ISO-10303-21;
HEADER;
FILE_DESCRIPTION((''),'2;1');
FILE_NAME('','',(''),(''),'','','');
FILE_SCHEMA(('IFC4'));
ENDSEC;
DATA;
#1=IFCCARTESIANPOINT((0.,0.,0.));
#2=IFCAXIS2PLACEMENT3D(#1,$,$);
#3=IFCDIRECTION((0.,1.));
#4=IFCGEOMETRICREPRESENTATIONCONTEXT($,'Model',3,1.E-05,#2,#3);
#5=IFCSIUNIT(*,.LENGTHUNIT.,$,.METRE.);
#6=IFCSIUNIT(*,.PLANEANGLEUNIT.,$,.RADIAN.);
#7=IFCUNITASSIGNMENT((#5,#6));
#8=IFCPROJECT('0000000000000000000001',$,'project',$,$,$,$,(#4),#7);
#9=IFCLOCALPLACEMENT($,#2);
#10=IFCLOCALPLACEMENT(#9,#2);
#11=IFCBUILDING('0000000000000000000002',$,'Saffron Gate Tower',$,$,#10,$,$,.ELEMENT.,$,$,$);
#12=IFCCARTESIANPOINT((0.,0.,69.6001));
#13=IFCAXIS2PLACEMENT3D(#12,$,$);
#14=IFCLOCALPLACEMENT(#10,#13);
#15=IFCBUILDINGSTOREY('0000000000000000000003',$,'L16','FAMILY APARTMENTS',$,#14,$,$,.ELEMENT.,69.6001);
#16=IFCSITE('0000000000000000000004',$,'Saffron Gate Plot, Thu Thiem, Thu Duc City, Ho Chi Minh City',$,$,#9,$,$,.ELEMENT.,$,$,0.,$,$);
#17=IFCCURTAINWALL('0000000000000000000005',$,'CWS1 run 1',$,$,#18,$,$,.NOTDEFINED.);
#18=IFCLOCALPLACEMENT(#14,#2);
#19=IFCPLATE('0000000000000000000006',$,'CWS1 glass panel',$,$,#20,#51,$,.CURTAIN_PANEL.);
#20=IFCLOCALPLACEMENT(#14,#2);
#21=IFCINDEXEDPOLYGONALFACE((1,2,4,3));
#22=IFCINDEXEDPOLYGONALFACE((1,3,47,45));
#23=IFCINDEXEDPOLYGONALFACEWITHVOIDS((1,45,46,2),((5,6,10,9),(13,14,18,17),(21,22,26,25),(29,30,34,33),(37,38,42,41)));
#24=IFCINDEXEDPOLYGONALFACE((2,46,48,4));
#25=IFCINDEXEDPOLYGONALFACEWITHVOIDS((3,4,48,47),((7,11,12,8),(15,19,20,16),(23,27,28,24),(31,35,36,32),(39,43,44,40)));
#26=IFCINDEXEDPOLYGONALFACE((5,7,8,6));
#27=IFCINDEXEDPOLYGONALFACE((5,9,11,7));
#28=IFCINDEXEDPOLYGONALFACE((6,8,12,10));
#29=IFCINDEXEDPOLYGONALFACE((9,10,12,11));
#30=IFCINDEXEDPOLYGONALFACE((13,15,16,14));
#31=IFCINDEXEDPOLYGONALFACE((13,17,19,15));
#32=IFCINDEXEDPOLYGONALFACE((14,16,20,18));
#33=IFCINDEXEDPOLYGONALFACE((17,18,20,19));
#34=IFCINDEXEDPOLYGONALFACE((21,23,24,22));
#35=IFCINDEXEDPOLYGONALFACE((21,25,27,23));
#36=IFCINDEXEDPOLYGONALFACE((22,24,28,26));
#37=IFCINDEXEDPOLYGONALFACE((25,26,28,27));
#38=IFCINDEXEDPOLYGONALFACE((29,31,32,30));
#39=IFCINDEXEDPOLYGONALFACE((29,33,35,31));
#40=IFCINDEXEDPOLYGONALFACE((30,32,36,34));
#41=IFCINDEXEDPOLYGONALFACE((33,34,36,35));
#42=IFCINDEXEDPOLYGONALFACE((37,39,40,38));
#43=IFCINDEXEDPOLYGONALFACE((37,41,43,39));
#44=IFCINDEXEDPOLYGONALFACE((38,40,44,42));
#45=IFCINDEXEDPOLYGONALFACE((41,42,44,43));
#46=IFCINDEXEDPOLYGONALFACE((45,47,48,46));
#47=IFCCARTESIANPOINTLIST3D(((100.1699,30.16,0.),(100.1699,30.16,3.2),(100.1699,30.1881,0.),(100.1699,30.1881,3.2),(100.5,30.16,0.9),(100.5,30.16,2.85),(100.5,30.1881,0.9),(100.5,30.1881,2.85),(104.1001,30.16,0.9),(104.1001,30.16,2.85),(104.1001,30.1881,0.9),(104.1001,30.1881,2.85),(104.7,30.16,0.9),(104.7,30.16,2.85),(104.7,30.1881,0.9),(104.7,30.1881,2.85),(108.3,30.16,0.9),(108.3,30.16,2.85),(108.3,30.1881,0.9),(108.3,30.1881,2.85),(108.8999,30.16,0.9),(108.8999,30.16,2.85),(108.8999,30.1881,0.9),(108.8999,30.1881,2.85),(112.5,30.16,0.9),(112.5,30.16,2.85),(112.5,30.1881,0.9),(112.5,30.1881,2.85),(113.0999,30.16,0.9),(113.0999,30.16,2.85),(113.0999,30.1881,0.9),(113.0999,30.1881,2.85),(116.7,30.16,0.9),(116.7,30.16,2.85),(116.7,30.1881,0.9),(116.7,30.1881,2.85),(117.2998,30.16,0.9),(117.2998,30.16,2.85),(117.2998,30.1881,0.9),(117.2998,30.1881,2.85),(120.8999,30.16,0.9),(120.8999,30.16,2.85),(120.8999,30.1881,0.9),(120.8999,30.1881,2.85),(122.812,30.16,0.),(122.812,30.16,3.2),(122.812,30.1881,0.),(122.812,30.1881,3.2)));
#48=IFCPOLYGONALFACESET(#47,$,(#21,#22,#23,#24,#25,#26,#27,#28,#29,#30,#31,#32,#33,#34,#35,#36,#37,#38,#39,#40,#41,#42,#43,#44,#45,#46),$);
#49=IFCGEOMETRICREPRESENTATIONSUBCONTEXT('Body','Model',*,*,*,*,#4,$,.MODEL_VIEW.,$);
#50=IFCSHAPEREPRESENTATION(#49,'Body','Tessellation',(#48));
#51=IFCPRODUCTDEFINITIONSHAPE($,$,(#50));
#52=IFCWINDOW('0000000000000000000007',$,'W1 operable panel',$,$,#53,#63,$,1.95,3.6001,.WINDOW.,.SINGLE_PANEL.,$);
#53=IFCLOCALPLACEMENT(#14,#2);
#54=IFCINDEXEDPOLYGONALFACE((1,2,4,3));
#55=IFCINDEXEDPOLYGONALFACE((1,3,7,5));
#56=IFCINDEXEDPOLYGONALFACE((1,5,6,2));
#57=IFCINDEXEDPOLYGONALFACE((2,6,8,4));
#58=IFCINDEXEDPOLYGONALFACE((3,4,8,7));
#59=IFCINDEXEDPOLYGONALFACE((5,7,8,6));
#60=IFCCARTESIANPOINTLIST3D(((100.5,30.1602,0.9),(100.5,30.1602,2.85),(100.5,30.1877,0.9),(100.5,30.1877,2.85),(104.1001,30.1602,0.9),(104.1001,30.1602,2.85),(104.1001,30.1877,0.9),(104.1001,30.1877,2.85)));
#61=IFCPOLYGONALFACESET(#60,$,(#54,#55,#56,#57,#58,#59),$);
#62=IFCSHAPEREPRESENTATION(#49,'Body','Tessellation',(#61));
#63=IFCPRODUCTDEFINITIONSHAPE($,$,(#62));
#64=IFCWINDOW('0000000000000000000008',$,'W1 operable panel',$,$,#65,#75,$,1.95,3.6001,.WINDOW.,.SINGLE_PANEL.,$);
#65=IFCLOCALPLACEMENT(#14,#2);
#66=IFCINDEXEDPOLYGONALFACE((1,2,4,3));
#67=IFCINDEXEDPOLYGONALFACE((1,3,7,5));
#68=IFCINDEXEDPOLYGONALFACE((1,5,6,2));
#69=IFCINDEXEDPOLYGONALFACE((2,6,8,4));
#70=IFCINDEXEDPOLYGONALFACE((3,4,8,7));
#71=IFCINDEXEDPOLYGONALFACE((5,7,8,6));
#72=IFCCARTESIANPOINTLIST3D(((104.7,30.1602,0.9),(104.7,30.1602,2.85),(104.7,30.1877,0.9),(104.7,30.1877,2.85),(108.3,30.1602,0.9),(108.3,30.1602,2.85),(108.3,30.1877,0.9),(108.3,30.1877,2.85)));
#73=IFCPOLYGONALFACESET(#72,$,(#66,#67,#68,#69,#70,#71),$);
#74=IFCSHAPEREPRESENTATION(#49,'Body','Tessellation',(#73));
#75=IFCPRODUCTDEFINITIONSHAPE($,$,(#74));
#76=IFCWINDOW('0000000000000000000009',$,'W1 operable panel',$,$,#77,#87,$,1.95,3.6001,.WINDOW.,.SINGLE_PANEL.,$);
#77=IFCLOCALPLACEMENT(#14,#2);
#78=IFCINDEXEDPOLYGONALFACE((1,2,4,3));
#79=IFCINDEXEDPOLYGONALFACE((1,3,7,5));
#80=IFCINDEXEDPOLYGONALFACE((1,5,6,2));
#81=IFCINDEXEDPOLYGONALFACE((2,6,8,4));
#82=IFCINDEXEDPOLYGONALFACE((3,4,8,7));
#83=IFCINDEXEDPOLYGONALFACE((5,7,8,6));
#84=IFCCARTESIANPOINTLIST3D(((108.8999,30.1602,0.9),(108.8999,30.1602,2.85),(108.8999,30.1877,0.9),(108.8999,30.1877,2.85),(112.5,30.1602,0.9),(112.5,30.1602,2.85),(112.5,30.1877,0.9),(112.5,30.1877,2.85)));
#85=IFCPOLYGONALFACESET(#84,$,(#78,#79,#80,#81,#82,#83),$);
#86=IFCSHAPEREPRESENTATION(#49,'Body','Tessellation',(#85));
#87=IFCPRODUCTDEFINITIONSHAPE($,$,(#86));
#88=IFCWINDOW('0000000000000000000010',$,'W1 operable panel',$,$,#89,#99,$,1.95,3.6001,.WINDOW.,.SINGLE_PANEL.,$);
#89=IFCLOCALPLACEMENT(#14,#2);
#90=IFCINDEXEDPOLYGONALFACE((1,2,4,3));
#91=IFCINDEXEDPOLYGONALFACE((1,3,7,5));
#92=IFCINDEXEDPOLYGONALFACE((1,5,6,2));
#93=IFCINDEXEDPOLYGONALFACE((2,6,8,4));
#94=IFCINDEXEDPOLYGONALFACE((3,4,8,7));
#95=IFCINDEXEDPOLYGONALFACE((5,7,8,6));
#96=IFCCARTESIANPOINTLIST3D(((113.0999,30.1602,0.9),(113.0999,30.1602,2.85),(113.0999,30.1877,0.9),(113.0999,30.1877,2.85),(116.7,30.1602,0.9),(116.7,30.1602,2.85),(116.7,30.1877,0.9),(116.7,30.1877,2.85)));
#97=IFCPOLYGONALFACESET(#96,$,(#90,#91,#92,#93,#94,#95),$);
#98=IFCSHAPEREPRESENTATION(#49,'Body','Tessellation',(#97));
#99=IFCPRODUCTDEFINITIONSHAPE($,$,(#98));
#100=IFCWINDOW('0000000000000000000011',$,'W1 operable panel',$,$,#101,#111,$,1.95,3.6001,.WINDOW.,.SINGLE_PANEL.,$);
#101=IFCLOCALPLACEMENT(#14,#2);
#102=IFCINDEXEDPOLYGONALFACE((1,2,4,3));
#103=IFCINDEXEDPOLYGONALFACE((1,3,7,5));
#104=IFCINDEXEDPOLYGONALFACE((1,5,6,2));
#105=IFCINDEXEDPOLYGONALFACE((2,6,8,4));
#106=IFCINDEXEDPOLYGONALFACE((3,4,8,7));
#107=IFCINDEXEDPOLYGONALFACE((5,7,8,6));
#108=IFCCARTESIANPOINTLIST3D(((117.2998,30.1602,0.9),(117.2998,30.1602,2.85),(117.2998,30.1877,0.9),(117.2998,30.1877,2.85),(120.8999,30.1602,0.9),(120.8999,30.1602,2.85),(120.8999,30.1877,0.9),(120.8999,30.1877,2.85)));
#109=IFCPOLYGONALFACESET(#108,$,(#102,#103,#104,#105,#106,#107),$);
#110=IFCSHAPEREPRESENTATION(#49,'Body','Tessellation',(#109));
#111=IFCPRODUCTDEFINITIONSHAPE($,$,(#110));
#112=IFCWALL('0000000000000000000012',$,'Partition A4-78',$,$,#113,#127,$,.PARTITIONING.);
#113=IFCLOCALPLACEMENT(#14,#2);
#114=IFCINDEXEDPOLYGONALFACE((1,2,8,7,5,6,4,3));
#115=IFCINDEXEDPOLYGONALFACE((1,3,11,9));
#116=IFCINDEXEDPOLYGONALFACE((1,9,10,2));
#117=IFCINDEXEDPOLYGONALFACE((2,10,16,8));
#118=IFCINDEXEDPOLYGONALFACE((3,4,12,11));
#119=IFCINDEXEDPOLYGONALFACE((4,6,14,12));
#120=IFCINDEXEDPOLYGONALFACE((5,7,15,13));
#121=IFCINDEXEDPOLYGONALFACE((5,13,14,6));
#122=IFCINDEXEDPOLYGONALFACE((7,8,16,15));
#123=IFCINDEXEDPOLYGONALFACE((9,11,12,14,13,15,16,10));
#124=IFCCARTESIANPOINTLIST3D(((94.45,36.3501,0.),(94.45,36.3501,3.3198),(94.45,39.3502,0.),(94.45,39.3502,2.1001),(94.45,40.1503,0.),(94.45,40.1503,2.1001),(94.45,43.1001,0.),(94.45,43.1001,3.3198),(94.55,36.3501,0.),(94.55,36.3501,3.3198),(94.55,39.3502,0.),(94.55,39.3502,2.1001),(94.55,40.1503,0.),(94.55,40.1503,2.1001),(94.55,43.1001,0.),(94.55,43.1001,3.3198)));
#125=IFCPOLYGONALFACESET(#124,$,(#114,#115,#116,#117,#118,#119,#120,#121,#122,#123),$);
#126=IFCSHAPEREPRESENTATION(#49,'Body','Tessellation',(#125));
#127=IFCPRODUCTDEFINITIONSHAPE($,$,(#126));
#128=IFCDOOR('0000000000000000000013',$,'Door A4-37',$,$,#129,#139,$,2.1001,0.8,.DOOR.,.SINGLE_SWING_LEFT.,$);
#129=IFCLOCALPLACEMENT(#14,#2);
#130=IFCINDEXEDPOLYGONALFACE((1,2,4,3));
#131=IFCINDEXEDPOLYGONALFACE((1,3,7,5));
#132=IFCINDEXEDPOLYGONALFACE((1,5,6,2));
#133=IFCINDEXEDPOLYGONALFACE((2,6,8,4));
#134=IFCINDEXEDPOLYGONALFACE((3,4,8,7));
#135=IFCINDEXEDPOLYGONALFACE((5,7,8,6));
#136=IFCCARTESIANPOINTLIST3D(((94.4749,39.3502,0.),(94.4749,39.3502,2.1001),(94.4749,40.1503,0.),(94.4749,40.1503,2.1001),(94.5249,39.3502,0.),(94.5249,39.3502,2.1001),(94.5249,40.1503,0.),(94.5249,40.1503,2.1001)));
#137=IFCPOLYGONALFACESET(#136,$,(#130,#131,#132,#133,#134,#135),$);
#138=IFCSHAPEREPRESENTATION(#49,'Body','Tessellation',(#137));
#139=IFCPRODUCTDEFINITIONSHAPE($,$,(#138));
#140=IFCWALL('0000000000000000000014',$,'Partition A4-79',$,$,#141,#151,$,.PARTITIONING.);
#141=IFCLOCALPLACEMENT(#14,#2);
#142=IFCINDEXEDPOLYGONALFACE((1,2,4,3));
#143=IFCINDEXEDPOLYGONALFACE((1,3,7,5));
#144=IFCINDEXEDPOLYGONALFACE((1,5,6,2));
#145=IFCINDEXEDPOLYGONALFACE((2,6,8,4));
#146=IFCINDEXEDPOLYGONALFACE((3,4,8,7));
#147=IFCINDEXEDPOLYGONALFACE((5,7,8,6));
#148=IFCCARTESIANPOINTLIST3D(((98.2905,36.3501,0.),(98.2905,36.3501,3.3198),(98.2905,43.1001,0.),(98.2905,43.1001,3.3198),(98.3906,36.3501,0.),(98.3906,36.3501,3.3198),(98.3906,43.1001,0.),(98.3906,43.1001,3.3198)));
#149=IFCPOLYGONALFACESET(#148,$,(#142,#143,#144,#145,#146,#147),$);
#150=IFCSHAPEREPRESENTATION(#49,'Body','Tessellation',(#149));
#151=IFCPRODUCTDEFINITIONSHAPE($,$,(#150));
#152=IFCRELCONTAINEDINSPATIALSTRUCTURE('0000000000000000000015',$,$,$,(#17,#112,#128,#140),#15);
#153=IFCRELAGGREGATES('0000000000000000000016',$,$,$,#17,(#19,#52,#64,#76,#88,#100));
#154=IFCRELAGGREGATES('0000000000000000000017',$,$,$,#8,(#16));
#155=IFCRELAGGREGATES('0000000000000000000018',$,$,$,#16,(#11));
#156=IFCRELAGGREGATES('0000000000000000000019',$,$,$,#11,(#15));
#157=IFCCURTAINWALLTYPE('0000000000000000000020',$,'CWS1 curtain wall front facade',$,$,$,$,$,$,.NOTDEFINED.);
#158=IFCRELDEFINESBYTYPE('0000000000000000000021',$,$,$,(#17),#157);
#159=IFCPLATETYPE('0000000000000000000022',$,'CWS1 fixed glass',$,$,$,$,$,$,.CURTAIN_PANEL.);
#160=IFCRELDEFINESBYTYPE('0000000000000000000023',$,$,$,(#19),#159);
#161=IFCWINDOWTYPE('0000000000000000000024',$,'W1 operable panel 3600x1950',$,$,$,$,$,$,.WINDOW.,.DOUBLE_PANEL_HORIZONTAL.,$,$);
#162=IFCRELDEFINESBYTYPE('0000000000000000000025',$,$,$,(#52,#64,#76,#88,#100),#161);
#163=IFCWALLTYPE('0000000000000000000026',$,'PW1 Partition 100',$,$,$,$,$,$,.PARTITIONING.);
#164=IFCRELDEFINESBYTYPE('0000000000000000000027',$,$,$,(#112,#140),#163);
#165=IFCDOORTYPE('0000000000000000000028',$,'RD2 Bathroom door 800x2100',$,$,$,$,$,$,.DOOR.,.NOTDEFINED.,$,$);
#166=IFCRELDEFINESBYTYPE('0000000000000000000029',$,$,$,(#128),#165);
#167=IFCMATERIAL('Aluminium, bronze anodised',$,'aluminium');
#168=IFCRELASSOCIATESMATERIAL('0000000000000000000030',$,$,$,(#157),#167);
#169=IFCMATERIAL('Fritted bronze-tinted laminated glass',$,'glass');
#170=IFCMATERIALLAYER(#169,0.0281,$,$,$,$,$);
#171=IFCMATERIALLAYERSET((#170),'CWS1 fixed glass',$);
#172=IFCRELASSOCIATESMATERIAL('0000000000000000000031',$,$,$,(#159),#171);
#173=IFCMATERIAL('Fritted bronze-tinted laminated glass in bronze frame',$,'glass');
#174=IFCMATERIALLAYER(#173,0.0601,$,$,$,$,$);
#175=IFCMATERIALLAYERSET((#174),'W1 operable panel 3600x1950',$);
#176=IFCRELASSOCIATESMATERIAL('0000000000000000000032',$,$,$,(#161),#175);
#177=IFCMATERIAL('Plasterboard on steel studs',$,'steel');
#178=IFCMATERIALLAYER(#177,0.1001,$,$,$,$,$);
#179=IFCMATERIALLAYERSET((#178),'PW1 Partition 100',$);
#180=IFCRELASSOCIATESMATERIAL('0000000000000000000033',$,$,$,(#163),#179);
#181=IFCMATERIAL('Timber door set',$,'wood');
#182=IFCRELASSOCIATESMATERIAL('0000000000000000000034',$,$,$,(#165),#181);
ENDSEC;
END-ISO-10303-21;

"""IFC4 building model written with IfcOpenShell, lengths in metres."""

from ifc_helpers import new_model, si_unit, direction, frame, frame_2d, origin, place, context, subcontext, project, spatial, rectangle, extrude, material, layer, layer_set, type_object, element, fill, aggregate, save


model = new_model("IFC4")

# Units and contexts
model_context = context("Model", 3, precision=1e-05, world=origin(), true_north=direction((0.0, 1.0)))
body_context = subcontext(model_context, "Body", "Model", "MODEL_VIEW")
ifc_project = project(units=[si_unit("LENGTHUNIT", "METRE"), si_unit("PLANEANGLEUNIT", "RADIAN")], contexts=[model_context])

# Site, building, storey
site_placement = place(None, origin())
site = spatial("IfcSite", under=ifc_project, at=site_placement, Name="Saffron Gate Plot, Thu Thiem, Thu Duc City, Ho Chi Minh City", CompositionType="ELEMENT", RefElevation=0.0)
building_placement = place(site_placement, origin())
building = spatial("IfcBuilding", under=site, at=building_placement, Name="Saffron Gate Tower", CompositionType="ELEMENT")
storey_placement = place(building_placement, frame((0.0, 0.0, 69.6001)))
storey = spatial("IfcBuildingStorey", under=building, at=storey_placement, Name="L16", Description="FAMILY APARTMENTS", CompositionType="ELEMENT", Elevation=69.6001)

# Curtain wall, plate, openings, windows
ifc_material_1 = material(Name="Aluminium, bronze anodised", Category="aluminium")
curtain_wall_type = type_object("IfcCurtainWallType", Name="CWS1 curtain wall front facade", PredefinedType="NOTDEFINED", material=ifc_material_1)
curtain_wall_placement = place(storey_placement, origin())
curtain_wall = element("IfcCurtainWall", 1, at=curtain_wall_placement, inside=storey, type_object=curtain_wall_type, Name="CWS1 run 1", PredefinedType="NOTDEFINED")
ifc_material_2 = material(Name="Fritted bronze-tinted laminated glass", Category="glass")
ifc_layer_1 = layer(ifc_material_2, 0.0281)
ifc_layer_set_1 = layer_set([ifc_layer_1], Name="CWS1 fixed glass")
plate_type = type_object("IfcPlateType", Name="CWS1 fixed glass", PredefinedType="CURTAIN_PANEL", material=ifc_layer_set_1)
plate_placement = place(storey_placement, frame((100.1699, 30.1741, 0.0), z_axis=(0.0, 0.0, 1.0), x_axis=(1.0, 0.0, 0.0)))
plate = element("IfcPlate", 2, at=plate_placement, type_object=plate_type, Name="CWS1 glass panel", PredefinedType="CURTAIN_PANEL", context=body_context, shape_type="SweptSolid", body=[
    extrude(rectangle(XDim=22.6421, YDim=0.0281, at=frame_2d((11.321, 0.0))), origin(), (0.0, 0.0, 1.0), 3.2),
])
opening_1_placement = place(plate_placement, frame((0.3301, 0.0, 0.8999)))
opening_1 = element("IfcOpeningElement", 3, at=opening_1_placement, cuts=plate, PredefinedType="OPENING", context=body_context, shape_type="SweptSolid", body=[
    extrude(rectangle(XDim=3.6001, YDim=1.95, at=frame_2d((1.8, 0.9751))), frame((0.0, 0.0239, 0.0), z_axis=(0.0, -1.0, 0.0), x_axis=(1.0, 0.0, 0.0)), (0.0, 0.0, 1.0), 0.0481),
])
opening_2_placement = place(plate_placement, frame((4.53, 0.0, 0.8999)))
opening_2 = element("IfcOpeningElement", 4, at=opening_2_placement, cuts=plate, PredefinedType="OPENING", context=body_context, shape_type="SweptSolid", body=[
    extrude(rectangle(XDim=3.6001, YDim=1.95, at=frame_2d((1.8, 0.9751))), frame((0.0, 0.0239, 0.0), z_axis=(0.0, -1.0, 0.0), x_axis=(1.0, 0.0, 0.0)), (0.0, 0.0, 1.0), 0.0481),
])
opening_3_placement = place(plate_placement, frame((8.73, 0.0, 0.8999)))
opening_3 = element("IfcOpeningElement", 5, at=opening_3_placement, cuts=plate, PredefinedType="OPENING", context=body_context, shape_type="SweptSolid", body=[
    extrude(rectangle(XDim=3.6001, YDim=1.95, at=frame_2d((1.8, 0.9751))), frame((0.0, 0.0239, 0.0), z_axis=(0.0, -1.0, 0.0), x_axis=(1.0, 0.0, 0.0)), (0.0, 0.0, 1.0), 0.0481),
])
opening_4_placement = place(plate_placement, frame((12.9299, 0.0, 0.8999)))
opening_4 = element("IfcOpeningElement", 6, at=opening_4_placement, cuts=plate, PredefinedType="OPENING", context=body_context, shape_type="SweptSolid", body=[
    extrude(rectangle(XDim=3.6001, YDim=1.95, at=frame_2d((1.8, 0.9751))), frame((0.0, 0.0239, 0.0), z_axis=(0.0, -1.0, 0.0), x_axis=(1.0, 0.0, 0.0)), (0.0, 0.0, 1.0), 0.0481),
])
opening_5_placement = place(plate_placement, frame((17.1299, 0.0, 0.8999)))
opening_5 = element("IfcOpeningElement", 7, at=opening_5_placement, cuts=plate, PredefinedType="OPENING", context=body_context, shape_type="SweptSolid", body=[
    extrude(rectangle(XDim=3.6001, YDim=1.95, at=frame_2d((1.8, 0.9751))), frame((0.0, 0.0239, 0.0), z_axis=(0.0, -1.0, 0.0), x_axis=(1.0, 0.0, 0.0)), (0.0, 0.0, 1.0), 0.0481),
])
ifc_material_3 = material(Name="Fritted bronze-tinted laminated glass in bronze frame", Category="glass")
ifc_layer_2 = layer(ifc_material_3, 0.0601)
ifc_layer_set_2 = layer_set([ifc_layer_2], Name="W1 operable panel 3600x1950")
window_type = type_object("IfcWindowType", Name="W1 operable panel 3600x1950", PartitioningType="DOUBLE_PANEL_HORIZONTAL", PredefinedType="WINDOW", material=ifc_layer_set_2)
window_1_placement = place(opening_1_placement, origin())
window_1 = element("IfcWindow", 8, at=window_1_placement, type_object=window_type, Name="W1 operable panel", OverallHeight=1.95, OverallWidth=3.6001, PartitioningType="SINGLE_PANEL", PredefinedType="WINDOW", context=body_context, shape_type="SweptSolid", body=[
    extrude(rectangle(XDim=3.6001, YDim=1.95, at=frame_2d((1.8, 0.9751))), frame((0.0, 0.0137, 0.0), z_axis=(0.0, -1.0, 0.0), x_axis=(1.0, 0.0, 0.0)), (0.0, 0.0, 1.0), 0.0276),
])
fill(opening_1, window_1)
window_2_placement = place(opening_2_placement, origin())
window_2 = element("IfcWindow", 9, at=window_2_placement, type_object=window_type, Name="W1 operable panel", OverallHeight=1.95, OverallWidth=3.6001, PartitioningType="SINGLE_PANEL", PredefinedType="WINDOW", context=body_context, shape_type="SweptSolid", body=[
    extrude(rectangle(XDim=3.6001, YDim=1.95, at=frame_2d((1.8, 0.9751))), frame((0.0, 0.0137, 0.0), z_axis=(0.0, -1.0, 0.0), x_axis=(1.0, 0.0, 0.0)), (0.0, 0.0, 1.0), 0.0276),
])
fill(opening_2, window_2)
window_3_placement = place(opening_3_placement, origin())
window_3 = element("IfcWindow", 10, at=window_3_placement, type_object=window_type, Name="W1 operable panel", OverallHeight=1.95, OverallWidth=3.6001, PartitioningType="SINGLE_PANEL", PredefinedType="WINDOW", context=body_context, shape_type="SweptSolid", body=[
    extrude(rectangle(XDim=3.6001, YDim=1.95, at=frame_2d((1.8, 0.9751))), frame((0.0, 0.0137, 0.0), z_axis=(0.0, -1.0, 0.0), x_axis=(1.0, 0.0, 0.0)), (0.0, 0.0, 1.0), 0.0276),
])
fill(opening_3, window_3)
window_4_placement = place(opening_4_placement, origin())
window_4 = element("IfcWindow", 11, at=window_4_placement, type_object=window_type, Name="W1 operable panel", OverallHeight=1.95, OverallWidth=3.6001, PartitioningType="SINGLE_PANEL", PredefinedType="WINDOW", context=body_context, shape_type="SweptSolid", body=[
    extrude(rectangle(XDim=3.6001, YDim=1.95, at=frame_2d((1.8, 0.9751))), frame((0.0, 0.0137, 0.0), z_axis=(0.0, -1.0, 0.0), x_axis=(1.0, 0.0, 0.0)), (0.0, 0.0, 1.0), 0.0276),
])
fill(opening_4, window_4)
window_5_placement = place(opening_5_placement, origin())
window_5 = element("IfcWindow", 12, at=window_5_placement, type_object=window_type, Name="W1 operable panel", OverallHeight=1.95, OverallWidth=3.6001, PartitioningType="SINGLE_PANEL", PredefinedType="WINDOW", context=body_context, shape_type="SweptSolid", body=[
    extrude(rectangle(XDim=3.6001, YDim=1.95, at=frame_2d((1.8, 0.9751))), frame((0.0, 0.0137, 0.0), z_axis=(0.0, -1.0, 0.0), x_axis=(1.0, 0.0, 0.0)), (0.0, 0.0, 1.0), 0.0276),
])
fill(opening_5, window_5)
aggregate(curtain_wall, [plate, window_1, window_2, window_3, window_4, window_5])

# Wall, opening, door
ifc_material_4 = material(Name="Plasterboard on steel studs", Category="steel")
ifc_layer_3 = layer(ifc_material_4, 0.1001)
ifc_layer_set_3 = layer_set([ifc_layer_3], Name="PW1 Partition 100")
wall_type_1 = type_object("IfcWallType", Name="PW1 Partition 100", PredefinedType="PARTITIONING", material=ifc_layer_set_3)
wall_1_placement = place(storey_placement, frame((94.5, 43.1001, 0.0), z_axis=(0.0, 0.0, 1.0), x_axis=(0.0, -1.0, 0.0)))
wall_1 = element("IfcWall", 13, at=wall_1_placement, inside=storey, type_object=wall_type_1, Name="Partition A4-78", PredefinedType="PARTITIONING", context=body_context, shape_type="SweptSolid", body=[
    extrude(rectangle(XDim=6.75, YDim=0.1001, at=frame_2d((3.375, 0.0))), origin(), (0.0, 0.0, 1.0), 3.3198),
])
opening_6_placement = place(wall_1_placement, frame((2.95, 0.0, 0.0)))
opening_6 = element("IfcOpeningElement", 14, at=opening_6_placement, cuts=wall_1, PredefinedType="OPENING", context=body_context, shape_type="SweptSolid", body=[
    extrude(rectangle(XDim=0.8, YDim=2.1001, at=frame_2d((0.3999, 1.05))), frame((0.0, 0.0601, 0.0), z_axis=(0.0, -1.0, 0.0), x_axis=(1.0, 0.0, 0.0)), (0.0, 0.0, 1.0), 0.1201),
])
ifc_material_5 = material(Name="Timber door set", Category="wood")
door_type_1 = type_object("IfcDoorType", Name="RD2 Bathroom door 800x2100", OperationType="NOTDEFINED", PredefinedType="DOOR", material=ifc_material_5)
door_1_placement = place(opening_6_placement, origin())
door_1 = element("IfcDoor", 15, at=door_1_placement, inside=storey, type_object=door_type_1, Name="Door A4-37", OperationType="SINGLE_SWING_LEFT", OverallHeight=2.1001, OverallWidth=0.8, PredefinedType="DOOR", context=body_context, shape_type="SweptSolid", body=[
    extrude(rectangle(XDim=0.8, YDim=2.1001, at=frame_2d((0.3999, 1.05))), frame((0.0, 0.0249, 0.0), z_axis=(0.0, -1.0, 0.0), x_axis=(1.0, 0.0, 0.0)), (0.0, 0.0, 1.0), 0.05),
])
fill(opening_6, door_1)

# Wall
wall_2_placement = place(storey_placement, frame((98.3406, 43.1001, 0.0), z_axis=(0.0, 0.0, 1.0), x_axis=(0.0, -1.0, 0.0)))
element("IfcWall", 16, at=wall_2_placement, inside=storey, type_object=wall_type_1, Name="Partition A4-79", PredefinedType="PARTITIONING", context=body_context, shape_type="SweptSolid", body=[
    extrude(rectangle(XDim=6.75, YDim=0.1001, at=frame_2d((3.375, 0.0))), origin(), (0.0, 0.0, 1.0), 3.3198),
])

save(model, "model.ifc")
